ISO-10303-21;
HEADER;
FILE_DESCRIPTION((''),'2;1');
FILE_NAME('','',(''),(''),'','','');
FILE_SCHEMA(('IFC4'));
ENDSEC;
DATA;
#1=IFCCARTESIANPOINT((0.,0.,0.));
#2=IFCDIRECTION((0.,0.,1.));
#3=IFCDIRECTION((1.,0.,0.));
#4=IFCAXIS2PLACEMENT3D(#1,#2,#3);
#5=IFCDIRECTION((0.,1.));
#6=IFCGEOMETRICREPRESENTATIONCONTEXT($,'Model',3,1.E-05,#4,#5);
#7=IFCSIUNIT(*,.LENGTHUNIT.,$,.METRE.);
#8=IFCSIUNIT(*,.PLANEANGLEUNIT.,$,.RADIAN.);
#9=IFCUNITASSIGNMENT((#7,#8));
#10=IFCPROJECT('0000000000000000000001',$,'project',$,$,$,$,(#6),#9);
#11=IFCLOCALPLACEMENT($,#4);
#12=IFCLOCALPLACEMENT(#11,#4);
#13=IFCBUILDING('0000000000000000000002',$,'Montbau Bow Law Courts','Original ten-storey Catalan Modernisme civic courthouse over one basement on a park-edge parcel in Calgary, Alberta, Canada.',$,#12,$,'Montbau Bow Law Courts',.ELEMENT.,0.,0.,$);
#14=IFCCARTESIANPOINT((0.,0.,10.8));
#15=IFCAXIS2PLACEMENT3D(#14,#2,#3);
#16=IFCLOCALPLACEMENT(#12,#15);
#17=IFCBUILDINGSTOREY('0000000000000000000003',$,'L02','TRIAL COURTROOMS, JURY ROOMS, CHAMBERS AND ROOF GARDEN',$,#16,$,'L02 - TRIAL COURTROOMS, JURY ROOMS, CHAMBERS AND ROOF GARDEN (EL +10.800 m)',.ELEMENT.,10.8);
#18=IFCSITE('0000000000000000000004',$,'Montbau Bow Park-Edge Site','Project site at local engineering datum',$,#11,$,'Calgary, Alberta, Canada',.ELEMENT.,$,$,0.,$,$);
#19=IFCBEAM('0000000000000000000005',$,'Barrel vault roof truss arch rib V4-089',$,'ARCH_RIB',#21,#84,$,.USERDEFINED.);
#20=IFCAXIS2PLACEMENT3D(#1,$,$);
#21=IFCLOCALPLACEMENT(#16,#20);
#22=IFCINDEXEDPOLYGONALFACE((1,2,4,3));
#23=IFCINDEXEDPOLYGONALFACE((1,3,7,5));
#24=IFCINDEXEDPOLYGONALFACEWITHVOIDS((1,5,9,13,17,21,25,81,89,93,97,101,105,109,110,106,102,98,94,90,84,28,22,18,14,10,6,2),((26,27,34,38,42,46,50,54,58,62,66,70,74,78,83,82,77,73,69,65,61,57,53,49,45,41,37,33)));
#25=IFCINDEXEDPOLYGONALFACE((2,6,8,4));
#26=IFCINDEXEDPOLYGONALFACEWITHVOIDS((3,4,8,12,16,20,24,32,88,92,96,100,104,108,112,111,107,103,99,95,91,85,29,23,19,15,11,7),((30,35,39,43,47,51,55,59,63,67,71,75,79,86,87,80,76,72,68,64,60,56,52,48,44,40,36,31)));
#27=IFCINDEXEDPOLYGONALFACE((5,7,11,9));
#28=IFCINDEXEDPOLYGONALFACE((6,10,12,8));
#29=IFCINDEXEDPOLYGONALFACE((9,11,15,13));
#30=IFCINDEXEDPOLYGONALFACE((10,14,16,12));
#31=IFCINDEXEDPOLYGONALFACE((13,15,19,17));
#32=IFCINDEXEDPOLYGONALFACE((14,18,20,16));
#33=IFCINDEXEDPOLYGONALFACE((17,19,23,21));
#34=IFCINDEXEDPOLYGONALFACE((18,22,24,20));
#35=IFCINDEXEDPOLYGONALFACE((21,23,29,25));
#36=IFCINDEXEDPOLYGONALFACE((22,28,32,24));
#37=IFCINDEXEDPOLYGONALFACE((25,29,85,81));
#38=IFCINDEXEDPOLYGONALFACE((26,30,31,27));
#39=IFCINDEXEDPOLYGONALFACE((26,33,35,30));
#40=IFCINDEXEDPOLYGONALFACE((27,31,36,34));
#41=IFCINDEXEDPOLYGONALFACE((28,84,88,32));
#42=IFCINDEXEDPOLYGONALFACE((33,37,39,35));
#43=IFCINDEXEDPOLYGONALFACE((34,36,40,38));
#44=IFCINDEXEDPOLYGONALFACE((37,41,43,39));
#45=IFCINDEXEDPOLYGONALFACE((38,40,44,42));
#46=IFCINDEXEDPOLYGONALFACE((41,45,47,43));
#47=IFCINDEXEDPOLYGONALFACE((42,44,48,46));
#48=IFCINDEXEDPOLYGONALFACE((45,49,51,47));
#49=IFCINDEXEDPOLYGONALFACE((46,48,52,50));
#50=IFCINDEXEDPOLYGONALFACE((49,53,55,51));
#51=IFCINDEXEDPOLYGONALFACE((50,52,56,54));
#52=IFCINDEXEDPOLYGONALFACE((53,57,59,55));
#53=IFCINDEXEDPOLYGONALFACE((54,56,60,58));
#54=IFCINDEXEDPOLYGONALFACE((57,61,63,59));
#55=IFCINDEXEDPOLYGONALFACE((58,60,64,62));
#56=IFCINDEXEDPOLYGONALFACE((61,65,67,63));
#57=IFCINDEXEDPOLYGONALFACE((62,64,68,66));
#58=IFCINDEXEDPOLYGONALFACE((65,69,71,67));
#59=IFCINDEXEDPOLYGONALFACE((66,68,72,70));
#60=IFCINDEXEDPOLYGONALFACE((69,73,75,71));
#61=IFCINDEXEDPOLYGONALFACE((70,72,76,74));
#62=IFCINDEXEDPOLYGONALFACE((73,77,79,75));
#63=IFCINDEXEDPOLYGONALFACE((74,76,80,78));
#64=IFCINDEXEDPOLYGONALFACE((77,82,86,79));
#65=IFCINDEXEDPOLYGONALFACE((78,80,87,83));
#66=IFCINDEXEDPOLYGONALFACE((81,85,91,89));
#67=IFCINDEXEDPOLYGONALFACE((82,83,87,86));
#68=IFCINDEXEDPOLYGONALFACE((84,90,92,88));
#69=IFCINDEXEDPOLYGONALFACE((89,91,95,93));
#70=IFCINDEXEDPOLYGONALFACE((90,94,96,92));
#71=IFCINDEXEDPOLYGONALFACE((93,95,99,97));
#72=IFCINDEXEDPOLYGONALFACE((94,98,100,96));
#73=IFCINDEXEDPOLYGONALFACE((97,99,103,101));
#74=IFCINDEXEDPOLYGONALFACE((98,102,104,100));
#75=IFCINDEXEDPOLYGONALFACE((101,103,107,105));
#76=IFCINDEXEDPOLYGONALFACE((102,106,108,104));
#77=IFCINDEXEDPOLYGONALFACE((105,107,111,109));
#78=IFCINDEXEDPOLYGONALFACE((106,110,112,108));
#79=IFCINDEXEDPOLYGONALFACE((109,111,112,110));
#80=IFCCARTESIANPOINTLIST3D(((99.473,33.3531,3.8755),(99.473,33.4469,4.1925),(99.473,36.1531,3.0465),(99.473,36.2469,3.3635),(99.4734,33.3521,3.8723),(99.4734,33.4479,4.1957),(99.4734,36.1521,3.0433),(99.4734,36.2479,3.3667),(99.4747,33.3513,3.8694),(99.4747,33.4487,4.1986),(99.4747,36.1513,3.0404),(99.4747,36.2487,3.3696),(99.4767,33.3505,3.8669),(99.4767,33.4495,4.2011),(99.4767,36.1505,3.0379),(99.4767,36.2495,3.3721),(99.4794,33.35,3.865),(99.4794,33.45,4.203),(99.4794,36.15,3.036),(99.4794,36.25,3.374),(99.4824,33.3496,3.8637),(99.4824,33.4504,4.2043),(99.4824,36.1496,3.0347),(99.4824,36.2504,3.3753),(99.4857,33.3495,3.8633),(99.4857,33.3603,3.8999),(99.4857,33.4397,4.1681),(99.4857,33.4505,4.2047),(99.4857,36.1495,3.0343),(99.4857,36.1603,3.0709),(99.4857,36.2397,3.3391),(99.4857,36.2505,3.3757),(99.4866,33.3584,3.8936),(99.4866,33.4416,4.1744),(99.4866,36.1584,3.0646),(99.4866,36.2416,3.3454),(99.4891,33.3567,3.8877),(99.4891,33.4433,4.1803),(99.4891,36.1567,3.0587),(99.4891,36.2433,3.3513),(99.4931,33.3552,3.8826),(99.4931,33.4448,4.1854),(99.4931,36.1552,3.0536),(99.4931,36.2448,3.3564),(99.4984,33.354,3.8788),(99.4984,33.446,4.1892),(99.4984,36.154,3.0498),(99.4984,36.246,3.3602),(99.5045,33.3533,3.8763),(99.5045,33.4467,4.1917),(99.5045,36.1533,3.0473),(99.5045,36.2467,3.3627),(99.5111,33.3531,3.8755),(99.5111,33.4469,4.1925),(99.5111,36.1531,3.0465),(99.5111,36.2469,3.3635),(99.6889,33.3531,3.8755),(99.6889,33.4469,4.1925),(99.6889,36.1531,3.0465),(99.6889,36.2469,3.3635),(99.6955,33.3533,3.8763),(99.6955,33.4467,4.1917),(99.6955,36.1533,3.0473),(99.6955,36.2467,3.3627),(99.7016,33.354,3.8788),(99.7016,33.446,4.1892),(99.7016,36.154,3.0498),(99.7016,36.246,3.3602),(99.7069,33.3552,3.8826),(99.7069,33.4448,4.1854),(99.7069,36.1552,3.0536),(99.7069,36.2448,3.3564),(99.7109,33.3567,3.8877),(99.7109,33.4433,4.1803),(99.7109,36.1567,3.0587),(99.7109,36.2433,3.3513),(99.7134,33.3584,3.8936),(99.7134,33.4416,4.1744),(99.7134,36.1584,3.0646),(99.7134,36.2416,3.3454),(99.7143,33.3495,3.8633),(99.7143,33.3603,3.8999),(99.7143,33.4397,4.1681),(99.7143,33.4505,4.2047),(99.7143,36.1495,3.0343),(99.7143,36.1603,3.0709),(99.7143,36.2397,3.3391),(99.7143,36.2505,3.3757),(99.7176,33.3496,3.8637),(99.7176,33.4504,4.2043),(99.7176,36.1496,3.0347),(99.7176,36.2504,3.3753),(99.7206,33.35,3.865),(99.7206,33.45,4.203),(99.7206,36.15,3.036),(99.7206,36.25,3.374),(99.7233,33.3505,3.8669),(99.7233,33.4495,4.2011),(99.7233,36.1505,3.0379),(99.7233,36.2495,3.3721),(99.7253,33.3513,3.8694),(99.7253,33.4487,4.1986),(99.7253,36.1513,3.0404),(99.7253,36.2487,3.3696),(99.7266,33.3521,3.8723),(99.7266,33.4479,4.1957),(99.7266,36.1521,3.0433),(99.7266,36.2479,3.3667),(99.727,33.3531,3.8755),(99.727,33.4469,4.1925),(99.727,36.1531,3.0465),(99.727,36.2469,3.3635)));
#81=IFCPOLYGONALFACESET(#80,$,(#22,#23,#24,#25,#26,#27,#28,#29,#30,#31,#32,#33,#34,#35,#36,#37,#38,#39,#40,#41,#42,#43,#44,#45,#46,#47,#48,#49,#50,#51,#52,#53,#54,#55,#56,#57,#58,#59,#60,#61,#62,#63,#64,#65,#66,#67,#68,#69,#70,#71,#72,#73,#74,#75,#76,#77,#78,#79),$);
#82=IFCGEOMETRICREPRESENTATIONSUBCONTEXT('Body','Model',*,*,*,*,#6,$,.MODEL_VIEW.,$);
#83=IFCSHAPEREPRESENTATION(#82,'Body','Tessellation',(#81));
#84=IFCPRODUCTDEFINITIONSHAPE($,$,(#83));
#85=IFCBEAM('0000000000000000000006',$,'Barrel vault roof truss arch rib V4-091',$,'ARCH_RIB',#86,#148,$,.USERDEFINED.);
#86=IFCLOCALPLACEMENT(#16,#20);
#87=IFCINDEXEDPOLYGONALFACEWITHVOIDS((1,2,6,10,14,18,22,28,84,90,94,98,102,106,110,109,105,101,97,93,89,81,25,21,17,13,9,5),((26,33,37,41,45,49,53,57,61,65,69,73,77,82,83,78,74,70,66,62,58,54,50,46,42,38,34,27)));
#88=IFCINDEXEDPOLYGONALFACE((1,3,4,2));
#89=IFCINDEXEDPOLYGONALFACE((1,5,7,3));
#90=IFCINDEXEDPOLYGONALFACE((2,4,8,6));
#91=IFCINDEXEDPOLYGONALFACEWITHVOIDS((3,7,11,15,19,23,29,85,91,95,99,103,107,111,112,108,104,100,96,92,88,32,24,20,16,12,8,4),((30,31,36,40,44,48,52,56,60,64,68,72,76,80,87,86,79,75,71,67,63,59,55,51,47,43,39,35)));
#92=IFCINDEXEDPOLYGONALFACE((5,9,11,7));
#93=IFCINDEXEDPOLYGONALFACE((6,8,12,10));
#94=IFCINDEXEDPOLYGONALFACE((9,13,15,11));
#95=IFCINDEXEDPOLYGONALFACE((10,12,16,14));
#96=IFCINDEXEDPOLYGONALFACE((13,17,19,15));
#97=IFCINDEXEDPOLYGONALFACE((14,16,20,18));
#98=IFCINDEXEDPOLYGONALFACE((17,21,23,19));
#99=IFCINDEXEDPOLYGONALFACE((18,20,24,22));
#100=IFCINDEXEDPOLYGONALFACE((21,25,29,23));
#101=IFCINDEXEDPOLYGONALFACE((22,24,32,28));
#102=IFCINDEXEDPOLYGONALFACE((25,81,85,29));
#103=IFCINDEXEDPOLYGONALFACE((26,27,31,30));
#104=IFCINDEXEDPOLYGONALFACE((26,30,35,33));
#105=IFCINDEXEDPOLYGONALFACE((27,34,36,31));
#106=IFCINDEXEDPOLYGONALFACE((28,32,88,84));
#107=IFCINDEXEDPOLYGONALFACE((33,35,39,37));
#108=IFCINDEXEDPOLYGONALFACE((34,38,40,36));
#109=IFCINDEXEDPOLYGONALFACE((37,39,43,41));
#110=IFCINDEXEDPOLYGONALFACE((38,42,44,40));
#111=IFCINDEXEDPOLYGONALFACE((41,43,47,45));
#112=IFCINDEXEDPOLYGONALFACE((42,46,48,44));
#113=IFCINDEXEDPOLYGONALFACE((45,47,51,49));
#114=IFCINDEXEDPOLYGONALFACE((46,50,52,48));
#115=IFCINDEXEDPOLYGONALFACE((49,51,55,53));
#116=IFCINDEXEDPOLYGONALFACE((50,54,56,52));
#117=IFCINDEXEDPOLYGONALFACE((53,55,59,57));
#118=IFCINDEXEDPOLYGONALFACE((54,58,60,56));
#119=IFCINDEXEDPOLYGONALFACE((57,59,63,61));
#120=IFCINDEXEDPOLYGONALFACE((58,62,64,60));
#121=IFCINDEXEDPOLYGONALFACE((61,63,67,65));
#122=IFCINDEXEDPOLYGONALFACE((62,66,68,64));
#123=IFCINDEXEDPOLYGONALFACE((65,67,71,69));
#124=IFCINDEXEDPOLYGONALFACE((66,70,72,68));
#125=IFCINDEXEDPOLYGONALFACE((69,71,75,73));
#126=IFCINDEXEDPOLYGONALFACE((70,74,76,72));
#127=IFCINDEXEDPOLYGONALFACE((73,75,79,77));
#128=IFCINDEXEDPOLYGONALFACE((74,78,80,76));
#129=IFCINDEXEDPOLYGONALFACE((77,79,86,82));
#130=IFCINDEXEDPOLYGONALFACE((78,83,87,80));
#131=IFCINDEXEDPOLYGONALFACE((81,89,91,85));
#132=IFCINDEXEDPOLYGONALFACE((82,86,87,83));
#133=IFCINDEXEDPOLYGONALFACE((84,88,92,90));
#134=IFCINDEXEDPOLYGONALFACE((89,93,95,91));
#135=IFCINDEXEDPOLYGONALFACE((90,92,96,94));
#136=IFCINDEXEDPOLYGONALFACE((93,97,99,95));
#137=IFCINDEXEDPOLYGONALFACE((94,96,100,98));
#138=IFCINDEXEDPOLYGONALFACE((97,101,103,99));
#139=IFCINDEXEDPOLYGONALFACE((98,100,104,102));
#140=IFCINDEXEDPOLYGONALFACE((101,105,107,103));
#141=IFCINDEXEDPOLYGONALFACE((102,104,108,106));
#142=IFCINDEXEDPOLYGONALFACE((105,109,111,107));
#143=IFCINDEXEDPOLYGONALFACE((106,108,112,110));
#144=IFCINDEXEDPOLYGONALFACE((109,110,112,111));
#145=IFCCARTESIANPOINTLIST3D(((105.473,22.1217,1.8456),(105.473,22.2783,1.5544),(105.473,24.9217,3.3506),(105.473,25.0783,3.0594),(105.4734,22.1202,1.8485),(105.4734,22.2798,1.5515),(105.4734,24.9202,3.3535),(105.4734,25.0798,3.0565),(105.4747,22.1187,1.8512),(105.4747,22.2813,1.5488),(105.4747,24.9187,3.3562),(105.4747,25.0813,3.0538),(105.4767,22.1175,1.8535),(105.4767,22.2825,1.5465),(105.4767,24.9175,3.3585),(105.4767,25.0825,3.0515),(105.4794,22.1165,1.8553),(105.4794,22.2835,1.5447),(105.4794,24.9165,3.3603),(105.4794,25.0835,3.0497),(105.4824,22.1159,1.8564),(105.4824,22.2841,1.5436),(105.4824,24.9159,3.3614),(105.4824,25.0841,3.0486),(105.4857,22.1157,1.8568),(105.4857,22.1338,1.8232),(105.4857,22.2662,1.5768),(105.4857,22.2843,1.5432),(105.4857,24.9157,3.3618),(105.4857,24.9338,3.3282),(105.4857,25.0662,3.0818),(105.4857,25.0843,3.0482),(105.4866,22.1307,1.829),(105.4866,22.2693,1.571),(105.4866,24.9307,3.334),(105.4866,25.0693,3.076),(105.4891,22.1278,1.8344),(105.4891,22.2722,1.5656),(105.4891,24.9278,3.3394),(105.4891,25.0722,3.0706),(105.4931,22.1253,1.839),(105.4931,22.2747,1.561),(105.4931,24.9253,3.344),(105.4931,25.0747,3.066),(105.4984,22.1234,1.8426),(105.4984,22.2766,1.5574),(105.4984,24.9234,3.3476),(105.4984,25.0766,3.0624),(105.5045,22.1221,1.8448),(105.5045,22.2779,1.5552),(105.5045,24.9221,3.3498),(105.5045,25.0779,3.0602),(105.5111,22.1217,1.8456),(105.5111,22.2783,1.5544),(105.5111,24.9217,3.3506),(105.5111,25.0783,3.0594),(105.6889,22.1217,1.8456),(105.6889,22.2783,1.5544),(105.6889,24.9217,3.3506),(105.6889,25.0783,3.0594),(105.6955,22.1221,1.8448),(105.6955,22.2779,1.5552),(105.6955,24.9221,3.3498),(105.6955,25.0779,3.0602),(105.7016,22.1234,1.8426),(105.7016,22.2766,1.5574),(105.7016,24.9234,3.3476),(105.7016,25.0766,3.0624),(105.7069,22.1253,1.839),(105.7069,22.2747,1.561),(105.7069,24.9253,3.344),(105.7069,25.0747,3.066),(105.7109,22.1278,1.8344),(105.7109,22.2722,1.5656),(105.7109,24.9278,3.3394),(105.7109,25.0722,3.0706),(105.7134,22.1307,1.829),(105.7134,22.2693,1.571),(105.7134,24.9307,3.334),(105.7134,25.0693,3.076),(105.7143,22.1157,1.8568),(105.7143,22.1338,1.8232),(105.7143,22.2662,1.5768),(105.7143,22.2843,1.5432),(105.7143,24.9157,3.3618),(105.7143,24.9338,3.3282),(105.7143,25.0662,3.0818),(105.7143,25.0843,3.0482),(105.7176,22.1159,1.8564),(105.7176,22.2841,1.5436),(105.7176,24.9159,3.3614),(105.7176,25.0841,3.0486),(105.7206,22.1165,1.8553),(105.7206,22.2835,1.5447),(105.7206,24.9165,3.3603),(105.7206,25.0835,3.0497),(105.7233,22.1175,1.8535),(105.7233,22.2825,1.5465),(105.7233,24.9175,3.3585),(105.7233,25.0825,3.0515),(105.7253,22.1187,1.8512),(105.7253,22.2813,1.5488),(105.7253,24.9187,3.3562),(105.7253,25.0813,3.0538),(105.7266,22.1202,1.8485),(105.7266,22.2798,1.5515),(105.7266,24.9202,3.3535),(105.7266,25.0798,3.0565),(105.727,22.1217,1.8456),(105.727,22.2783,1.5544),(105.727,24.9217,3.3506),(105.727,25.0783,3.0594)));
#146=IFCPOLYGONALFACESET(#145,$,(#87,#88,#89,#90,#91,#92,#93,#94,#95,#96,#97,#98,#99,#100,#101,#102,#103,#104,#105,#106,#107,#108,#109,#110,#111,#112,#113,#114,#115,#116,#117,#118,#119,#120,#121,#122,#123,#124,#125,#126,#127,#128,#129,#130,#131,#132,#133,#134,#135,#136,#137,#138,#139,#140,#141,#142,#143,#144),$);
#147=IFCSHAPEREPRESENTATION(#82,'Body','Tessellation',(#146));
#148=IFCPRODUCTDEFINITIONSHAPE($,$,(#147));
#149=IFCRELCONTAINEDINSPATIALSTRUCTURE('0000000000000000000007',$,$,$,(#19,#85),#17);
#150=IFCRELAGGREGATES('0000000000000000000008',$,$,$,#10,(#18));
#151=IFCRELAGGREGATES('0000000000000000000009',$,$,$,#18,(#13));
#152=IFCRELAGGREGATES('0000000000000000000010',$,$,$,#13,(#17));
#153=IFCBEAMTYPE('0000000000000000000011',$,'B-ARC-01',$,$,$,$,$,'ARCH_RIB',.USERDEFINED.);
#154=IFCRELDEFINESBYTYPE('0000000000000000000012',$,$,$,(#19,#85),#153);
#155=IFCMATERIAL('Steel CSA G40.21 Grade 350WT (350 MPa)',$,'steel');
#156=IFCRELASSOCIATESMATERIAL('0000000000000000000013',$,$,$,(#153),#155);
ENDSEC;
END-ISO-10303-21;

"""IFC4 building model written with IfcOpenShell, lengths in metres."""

from ifc_helpers import new_model, si_unit, direction, frame, origin_with_axes, origin_2d_with_axis, place, context, subcontext, project, spatial, hollow_rectangle, extrude, material, material_profile, profile_set, type_object, element, save


model = new_model("IFC4")

# Units and contexts
model_context = context("Model", 3, precision=1e-05, world=origin_with_axes(), true_north=direction((0.0, 1.0)))
body_context = subcontext(model_context, "Body", "Model", "MODEL_VIEW")
ifc_project = project(units=[si_unit("LENGTHUNIT", "METRE"), si_unit("PLANEANGLEUNIT", "RADIAN")], contexts=[model_context])

# Site, building, storey
site_placement = place(None, origin_with_axes())
site = spatial("IfcSite", under=ifc_project, at=site_placement, Name="Montbau Bow Park-Edge Site", Description="Project site at local engineering datum", LongName="Calgary, Alberta, Canada", CompositionType="ELEMENT", RefElevation=0.0)
building_placement = place(site_placement, origin_with_axes())
building = spatial("IfcBuilding", under=site, at=building_placement, Name="Montbau Bow Law Courts", Description="Original ten-storey Catalan Modernisme civic courthouse over one basement on a park-edge parcel in Calgary, Alberta, Canada.", LongName="Montbau Bow Law Courts", CompositionType="ELEMENT", ElevationOfRefHeight=0.0, ElevationOfTerrain=0.0)
storey_placement = place(building_placement, frame((0.0, 0.0, 10.8), z_axis=(0.0, 0.0, 1.0), x_axis=(1.0, 0.0, 0.0)))
storey = spatial("IfcBuildingStorey", under=building, at=storey_placement, Name="L02", Description="TRIAL COURTROOMS, JURY ROOMS, CHAMBERS AND ROOF GARDEN", LongName="L02 - TRIAL COURTROOMS, JURY ROOMS, CHAMBERS AND ROOF GARDEN (EL +10.800 m)", CompositionType="ELEMENT", Elevation=10.8)

# Beams
ifc_material_1 = material(Name="Steel CSA G40.21 Grade 350WT (350 MPa)", Category="steel")
ifc_material_profile_1 = material_profile(ifc_material_1, hollow_rectangle(XDim=0.254, YDim=0.356, WallThickness=0.0127, InnerFilletRadius=0.0254, OuterFilletRadius=0.0127, at=origin_2d_with_axis()), Name="HSS356X254X13", Category="Main", Priority=0)
ifc_profile_set_1 = profile_set([ifc_material_profile_1], Name="Steel CSA G40.21 Grade 350WT (350 MPa)")
beam_type_1 = type_object("IfcBeamType", Name="B-ARC-01", ElementType="ARCH_RIB", PredefinedType="USERDEFINED", material=ifc_profile_set_1)
beam_1_placement = place(None, frame((99.6, 33.4, 14.834), z_axis=(0.0, 0.958857, -0.28389), x_axis=(-1.0, 0.0, 0.0)))
element("IfcBeam", 1, at=beam_1_placement, inside=storey, type_object=beam_type_1, Name="Barrel vault roof truss arch rib V4-089", ObjectType="ARCH_RIB", PredefinedType="USERDEFINED", context=body_context, shape_type="SweptSolid", body=[
    extrude(hollow_rectangle(XDim=0.254, YDim=0.356, WallThickness=0.0127, InnerFilletRadius=0.0254, OuterFilletRadius=0.0127, at=origin_2d_with_axis()), origin_with_axes(), (0.0, 0.0, 1.0), 2.9201),
])
beam_2_placement = place(None, frame((105.6, 22.2, 12.5), z_axis=(0.0, 0.880824, 0.473443), x_axis=(-1.0, 0.0, 0.0)))
element("IfcBeam", 2, at=beam_2_placement, inside=storey, type_object=beam_type_1, Name="Barrel vault roof truss arch rib V4-091", ObjectType="ARCH_RIB", PredefinedType="USERDEFINED", context=body_context, shape_type="SweptSolid", body=[
    extrude(hollow_rectangle(XDim=0.254, YDim=0.356, WallThickness=0.0127, InnerFilletRadius=0.0254, OuterFilletRadius=0.0127, at=origin_2d_with_axis()), origin_with_axes(), (0.0, 0.0, 1.0), 3.1788),
])

save(model, "model.ifc")
